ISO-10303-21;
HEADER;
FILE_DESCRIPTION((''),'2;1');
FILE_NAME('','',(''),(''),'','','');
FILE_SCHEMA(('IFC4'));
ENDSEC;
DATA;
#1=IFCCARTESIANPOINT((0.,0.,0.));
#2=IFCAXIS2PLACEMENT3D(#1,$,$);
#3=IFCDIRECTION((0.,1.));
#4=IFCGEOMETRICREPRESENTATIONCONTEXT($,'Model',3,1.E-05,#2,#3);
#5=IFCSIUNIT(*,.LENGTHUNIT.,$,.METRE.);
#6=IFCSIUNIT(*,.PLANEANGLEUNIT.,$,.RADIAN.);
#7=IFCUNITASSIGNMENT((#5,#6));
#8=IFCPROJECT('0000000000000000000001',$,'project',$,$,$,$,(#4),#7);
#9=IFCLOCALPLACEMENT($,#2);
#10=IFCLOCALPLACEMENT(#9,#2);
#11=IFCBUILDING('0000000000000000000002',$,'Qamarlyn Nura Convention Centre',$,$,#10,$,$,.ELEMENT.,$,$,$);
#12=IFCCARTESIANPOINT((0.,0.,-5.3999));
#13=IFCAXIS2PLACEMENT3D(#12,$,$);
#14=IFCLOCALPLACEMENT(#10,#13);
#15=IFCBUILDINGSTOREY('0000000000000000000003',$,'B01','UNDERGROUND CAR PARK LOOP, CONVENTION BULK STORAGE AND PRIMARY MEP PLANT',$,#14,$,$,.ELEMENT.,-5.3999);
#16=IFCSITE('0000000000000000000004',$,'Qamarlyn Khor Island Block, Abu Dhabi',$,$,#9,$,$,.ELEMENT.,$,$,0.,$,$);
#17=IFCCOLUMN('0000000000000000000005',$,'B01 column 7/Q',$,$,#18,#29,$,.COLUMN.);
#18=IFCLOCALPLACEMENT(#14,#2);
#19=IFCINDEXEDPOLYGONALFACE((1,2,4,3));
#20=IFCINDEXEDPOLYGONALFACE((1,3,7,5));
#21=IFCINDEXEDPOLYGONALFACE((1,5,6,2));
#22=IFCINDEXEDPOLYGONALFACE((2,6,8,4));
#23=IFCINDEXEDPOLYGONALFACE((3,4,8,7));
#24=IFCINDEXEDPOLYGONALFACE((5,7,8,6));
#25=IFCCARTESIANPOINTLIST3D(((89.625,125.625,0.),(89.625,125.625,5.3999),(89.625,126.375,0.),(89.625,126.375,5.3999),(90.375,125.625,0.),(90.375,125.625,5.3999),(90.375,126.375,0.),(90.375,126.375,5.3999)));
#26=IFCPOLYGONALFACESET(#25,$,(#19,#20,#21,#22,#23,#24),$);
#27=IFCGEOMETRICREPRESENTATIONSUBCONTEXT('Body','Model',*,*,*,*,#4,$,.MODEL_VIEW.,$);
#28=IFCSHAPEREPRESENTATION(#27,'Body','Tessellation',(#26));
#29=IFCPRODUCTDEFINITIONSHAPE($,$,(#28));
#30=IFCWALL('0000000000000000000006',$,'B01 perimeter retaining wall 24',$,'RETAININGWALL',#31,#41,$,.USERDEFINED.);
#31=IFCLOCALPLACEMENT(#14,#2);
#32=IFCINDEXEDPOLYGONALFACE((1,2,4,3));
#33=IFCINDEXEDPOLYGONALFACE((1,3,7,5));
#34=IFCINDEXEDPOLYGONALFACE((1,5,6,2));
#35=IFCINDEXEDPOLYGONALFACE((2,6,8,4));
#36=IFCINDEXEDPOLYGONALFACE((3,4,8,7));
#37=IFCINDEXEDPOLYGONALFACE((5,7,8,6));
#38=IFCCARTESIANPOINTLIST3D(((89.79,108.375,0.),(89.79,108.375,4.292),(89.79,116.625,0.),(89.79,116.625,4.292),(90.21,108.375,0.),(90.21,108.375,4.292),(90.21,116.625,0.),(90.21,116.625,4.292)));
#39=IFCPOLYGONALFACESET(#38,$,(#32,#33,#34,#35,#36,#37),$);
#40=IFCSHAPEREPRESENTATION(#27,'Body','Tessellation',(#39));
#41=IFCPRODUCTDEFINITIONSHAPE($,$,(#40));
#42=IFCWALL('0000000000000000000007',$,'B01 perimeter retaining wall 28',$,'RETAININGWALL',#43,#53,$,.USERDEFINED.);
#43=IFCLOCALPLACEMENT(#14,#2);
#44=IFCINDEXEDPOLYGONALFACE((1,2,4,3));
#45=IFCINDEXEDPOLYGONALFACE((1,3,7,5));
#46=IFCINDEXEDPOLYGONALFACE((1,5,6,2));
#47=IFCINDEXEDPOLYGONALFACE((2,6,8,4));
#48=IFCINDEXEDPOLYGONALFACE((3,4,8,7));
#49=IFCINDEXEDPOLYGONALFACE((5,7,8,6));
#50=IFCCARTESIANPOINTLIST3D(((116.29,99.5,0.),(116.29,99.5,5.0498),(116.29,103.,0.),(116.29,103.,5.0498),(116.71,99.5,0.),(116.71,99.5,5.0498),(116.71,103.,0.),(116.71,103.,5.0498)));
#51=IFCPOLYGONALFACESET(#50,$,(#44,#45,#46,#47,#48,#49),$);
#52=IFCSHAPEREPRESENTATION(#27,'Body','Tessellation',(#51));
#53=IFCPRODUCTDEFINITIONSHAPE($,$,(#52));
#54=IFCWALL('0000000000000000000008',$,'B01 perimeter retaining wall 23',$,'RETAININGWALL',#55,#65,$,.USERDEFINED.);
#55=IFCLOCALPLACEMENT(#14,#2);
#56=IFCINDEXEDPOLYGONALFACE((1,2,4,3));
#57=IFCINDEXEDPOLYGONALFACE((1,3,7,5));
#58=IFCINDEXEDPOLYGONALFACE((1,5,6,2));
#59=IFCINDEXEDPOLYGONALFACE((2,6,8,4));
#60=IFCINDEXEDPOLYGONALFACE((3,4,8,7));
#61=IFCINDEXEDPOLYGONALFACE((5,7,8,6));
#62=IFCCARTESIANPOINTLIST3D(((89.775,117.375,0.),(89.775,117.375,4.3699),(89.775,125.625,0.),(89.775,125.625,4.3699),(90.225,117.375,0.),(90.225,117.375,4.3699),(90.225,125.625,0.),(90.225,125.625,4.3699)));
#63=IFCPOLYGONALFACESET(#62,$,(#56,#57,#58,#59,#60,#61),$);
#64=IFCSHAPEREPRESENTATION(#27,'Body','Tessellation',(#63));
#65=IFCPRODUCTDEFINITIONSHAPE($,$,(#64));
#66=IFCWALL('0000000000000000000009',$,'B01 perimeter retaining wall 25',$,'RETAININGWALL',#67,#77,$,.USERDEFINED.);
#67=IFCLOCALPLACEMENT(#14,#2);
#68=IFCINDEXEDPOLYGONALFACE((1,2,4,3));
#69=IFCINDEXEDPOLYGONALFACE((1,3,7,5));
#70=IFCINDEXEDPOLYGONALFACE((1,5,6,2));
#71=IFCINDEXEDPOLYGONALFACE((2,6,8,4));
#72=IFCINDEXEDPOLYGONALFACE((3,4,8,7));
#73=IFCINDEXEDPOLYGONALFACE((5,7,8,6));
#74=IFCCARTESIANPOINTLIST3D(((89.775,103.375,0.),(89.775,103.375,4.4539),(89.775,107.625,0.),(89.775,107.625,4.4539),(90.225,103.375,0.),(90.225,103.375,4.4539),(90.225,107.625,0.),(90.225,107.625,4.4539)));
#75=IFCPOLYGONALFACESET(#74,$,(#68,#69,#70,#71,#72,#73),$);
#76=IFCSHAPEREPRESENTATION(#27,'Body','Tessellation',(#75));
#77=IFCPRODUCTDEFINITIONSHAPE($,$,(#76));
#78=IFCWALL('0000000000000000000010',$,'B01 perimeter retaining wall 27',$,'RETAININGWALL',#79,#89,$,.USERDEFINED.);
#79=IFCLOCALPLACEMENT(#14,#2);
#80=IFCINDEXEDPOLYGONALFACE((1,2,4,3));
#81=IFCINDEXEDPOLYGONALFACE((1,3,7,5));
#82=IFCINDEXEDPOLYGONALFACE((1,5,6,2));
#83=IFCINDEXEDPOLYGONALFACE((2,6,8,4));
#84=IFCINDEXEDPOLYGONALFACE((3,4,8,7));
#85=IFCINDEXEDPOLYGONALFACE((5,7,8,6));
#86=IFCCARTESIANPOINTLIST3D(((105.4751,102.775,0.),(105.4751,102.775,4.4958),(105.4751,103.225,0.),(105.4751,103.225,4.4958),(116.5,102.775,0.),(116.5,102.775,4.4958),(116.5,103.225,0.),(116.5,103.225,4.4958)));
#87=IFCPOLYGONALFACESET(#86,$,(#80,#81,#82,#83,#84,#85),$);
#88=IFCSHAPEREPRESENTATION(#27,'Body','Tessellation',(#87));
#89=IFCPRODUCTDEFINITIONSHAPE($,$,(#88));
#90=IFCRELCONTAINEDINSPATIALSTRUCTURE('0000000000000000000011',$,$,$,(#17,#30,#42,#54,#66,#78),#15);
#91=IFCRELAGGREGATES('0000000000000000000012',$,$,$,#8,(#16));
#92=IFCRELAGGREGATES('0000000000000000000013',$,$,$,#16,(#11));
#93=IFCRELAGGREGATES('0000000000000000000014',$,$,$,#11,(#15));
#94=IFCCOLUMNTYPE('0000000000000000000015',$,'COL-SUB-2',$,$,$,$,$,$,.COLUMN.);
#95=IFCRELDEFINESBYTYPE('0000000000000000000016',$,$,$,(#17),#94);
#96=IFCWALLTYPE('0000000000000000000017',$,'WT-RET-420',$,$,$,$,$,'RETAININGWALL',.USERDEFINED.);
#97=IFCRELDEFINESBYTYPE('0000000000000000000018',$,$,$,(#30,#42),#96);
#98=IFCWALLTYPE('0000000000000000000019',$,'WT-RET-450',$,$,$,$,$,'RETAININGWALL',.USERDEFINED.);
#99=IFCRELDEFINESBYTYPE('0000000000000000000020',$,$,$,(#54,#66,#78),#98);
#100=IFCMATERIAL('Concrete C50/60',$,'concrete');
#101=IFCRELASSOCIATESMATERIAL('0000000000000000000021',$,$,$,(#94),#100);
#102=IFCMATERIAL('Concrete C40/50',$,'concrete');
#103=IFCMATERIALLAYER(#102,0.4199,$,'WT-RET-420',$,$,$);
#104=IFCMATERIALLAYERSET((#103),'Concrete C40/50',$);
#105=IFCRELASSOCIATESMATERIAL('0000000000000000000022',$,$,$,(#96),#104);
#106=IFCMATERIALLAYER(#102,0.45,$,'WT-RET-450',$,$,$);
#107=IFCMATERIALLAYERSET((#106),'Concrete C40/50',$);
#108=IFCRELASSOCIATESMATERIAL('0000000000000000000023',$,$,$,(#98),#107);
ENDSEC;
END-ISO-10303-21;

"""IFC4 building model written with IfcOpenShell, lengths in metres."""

from ifc_helpers import new_model, si_unit, direction, frame, frame_2d, origin, origin_2d, place, context, subcontext, project, spatial, rectangle, extrude, material, layer, layer_set, material_profile, profile_set, type_object, element, save


model = new_model("IFC4")

# Units and contexts
model_context = context("Model", 3, precision=1e-05, world=origin(), true_north=direction((0.0, 1.0)))
body_context = subcontext(model_context, "Body", "Model", "MODEL_VIEW")
ifc_project = project(units=[si_unit("LENGTHUNIT", "METRE"), si_unit("PLANEANGLEUNIT", "RADIAN")], contexts=[model_context])

# Site, building, storey
site_placement = place(None, origin())
site = spatial("IfcSite", under=ifc_project, at=site_placement, Name="Qamarlyn Khor Island Block, Abu Dhabi", CompositionType="ELEMENT", RefElevation=0.0)
building_placement = place(site_placement, origin())
building = spatial("IfcBuilding", under=site, at=building_placement, Name="Qamarlyn Nura Convention Centre", CompositionType="ELEMENT")
storey_placement = place(building_placement, frame((0.0, 0.0, -5.3999)))
storey = spatial("IfcBuildingStorey", under=building, at=storey_placement, Name="B01", Description="UNDERGROUND CAR PARK LOOP, CONVENTION BULK STORAGE AND PRIMARY MEP PLANT", CompositionType="ELEMENT", Elevation=-5.3999)

# Shared definitions
ifc_material_1 = material(Name="Concrete C40/50", Category="concrete")

# Column
ifc_material_2 = material(Name="Concrete C50/60", Category="concrete")
ifc_material_profile_1 = material_profile(ifc_material_2, rectangle(XDim=0.75, YDim=0.75, at=origin_2d()), Name="RC 750x750")
ifc_profile_set_1 = profile_set([ifc_material_profile_1], Name="Concrete C50/60")
column_type_1 = type_object("IfcColumnType", Name="COL-SUB-2", PredefinedType="COLUMN", material=ifc_profile_set_1)
for number, where, z_axis, x_axis, name in (
    (1, (90.0, 126.0, 0.0), (0.0, 0.0, 1.0), (1.0, 0.0, 0.0), "B01 column 7/Q"),
):
    element("IfcColumn", number, at=place(storey_placement, frame(where, z_axis=z_axis, x_axis=x_axis)), inside=storey, type_object=column_type_1, Name=name, PredefinedType="COLUMN", context=body_context, shape_type="SweptSolid", body=[
        extrude(rectangle(XDim=0.75, YDim=0.75, at=origin_2d()), origin(), (0.0, 0.0, 1.0), 5.3999),
    ])

# Walls
ifc_layer_1 = layer(ifc_material_1, 0.4199, Name="WT-RET-420")
ifc_layer_set_1 = layer_set([ifc_layer_1], Name="Concrete C40/50")
wall_type_1 = type_object("IfcWallType", Name="WT-RET-420", ElementType="RETAININGWALL", PredefinedType="USERDEFINED", material=ifc_layer_set_1)
wall_1_placement = place(storey_placement, frame((90.0, 116.625, 0.0), z_axis=(0.0, 0.0, 1.0), x_axis=(0.0, -1.0, 0.0)))
element("IfcWall", 2, at=wall_1_placement, inside=storey, type_object=wall_type_1, Name="B01 perimeter retaining wall 24", ObjectType="RETAININGWALL", PredefinedType="USERDEFINED", context=body_context, shape_type="SweptSolid", body=[
    extrude(rectangle(XDim=8.25, YDim=0.4199, at=frame_2d((4.125, 0.0))), origin(), (0.0, 0.0, 1.0), 4.292),
])
wall_2_placement = place(storey_placement, frame((116.5, 103.0, 0.0), z_axis=(0.0, 0.0, 1.0), x_axis=(0.0, -1.0, 0.0)))
element("IfcWall", 3, at=wall_2_placement, inside=storey, type_object=wall_type_1, Name="B01 perimeter retaining wall 28", ObjectType="RETAININGWALL", PredefinedType="USERDEFINED", context=body_context, shape_type="SweptSolid", body=[
    extrude(rectangle(XDim=3.5, YDim=0.4199, at=frame_2d((1.75, 0.0))), origin(), (0.0, 0.0, 1.0), 5.0498),
])
ifc_layer_2 = layer(ifc_material_1, 0.45, Name="WT-RET-450")
ifc_layer_set_2 = layer_set([ifc_layer_2], Name="Concrete C40/50")
wall_type_2 = type_object("IfcWallType", Name="WT-RET-450", ElementType="RETAININGWALL", PredefinedType="USERDEFINED", material=ifc_layer_set_2)
wall_3_placement = place(storey_placement, frame((90.0, 125.625, 0.0), z_axis=(0.0, 0.0, 1.0), x_axis=(0.0, -1.0, 0.0)))
element("IfcWall", 4, at=wall_3_placement, inside=storey, type_object=wall_type_2, Name="B01 perimeter retaining wall 23", ObjectType="RETAININGWALL", PredefinedType="USERDEFINED", context=body_context, shape_type="SweptSolid", body=[
    extrude(rectangle(XDim=8.25, YDim=0.45, at=frame_2d((4.125, 0.0))), origin(), (0.0, 0.0, 1.0), 4.3699),
])
wall_4_placement = place(storey_placement, frame((90.0, 107.625, 0.0), z_axis=(0.0, 0.0, 1.0), x_axis=(0.0, -1.0, 0.0)))
element("IfcWall", 5, at=wall_4_placement, inside=storey, type_object=wall_type_2, Name="B01 perimeter retaining wall 25", ObjectType="RETAININGWALL", PredefinedType="USERDEFINED", context=body_context, shape_type="SweptSolid", body=[
    extrude(rectangle(XDim=4.25, YDim=0.45, at=frame_2d((2.125, 0.0))), origin(), (0.0, 0.0, 1.0), 4.4539),
])
wall_5_placement = place(storey_placement, frame((105.4751, 103.0, 0.0), z_axis=(0.0, 0.0, 1.0), x_axis=(1.0, 0.0, 0.0)))
element("IfcWall", 6, at=wall_5_placement, inside=storey, type_object=wall_type_2, Name="B01 perimeter retaining wall 27", ObjectType="RETAININGWALL", PredefinedType="USERDEFINED", context=body_context, shape_type="SweptSolid", body=[
    extrude(rectangle(XDim=11.0249, YDim=0.45, at=frame_2d((5.5125, 0.0))), origin(), (0.0, 0.0, 1.0), 4.4958),
])

save(model, "model.ifc")
